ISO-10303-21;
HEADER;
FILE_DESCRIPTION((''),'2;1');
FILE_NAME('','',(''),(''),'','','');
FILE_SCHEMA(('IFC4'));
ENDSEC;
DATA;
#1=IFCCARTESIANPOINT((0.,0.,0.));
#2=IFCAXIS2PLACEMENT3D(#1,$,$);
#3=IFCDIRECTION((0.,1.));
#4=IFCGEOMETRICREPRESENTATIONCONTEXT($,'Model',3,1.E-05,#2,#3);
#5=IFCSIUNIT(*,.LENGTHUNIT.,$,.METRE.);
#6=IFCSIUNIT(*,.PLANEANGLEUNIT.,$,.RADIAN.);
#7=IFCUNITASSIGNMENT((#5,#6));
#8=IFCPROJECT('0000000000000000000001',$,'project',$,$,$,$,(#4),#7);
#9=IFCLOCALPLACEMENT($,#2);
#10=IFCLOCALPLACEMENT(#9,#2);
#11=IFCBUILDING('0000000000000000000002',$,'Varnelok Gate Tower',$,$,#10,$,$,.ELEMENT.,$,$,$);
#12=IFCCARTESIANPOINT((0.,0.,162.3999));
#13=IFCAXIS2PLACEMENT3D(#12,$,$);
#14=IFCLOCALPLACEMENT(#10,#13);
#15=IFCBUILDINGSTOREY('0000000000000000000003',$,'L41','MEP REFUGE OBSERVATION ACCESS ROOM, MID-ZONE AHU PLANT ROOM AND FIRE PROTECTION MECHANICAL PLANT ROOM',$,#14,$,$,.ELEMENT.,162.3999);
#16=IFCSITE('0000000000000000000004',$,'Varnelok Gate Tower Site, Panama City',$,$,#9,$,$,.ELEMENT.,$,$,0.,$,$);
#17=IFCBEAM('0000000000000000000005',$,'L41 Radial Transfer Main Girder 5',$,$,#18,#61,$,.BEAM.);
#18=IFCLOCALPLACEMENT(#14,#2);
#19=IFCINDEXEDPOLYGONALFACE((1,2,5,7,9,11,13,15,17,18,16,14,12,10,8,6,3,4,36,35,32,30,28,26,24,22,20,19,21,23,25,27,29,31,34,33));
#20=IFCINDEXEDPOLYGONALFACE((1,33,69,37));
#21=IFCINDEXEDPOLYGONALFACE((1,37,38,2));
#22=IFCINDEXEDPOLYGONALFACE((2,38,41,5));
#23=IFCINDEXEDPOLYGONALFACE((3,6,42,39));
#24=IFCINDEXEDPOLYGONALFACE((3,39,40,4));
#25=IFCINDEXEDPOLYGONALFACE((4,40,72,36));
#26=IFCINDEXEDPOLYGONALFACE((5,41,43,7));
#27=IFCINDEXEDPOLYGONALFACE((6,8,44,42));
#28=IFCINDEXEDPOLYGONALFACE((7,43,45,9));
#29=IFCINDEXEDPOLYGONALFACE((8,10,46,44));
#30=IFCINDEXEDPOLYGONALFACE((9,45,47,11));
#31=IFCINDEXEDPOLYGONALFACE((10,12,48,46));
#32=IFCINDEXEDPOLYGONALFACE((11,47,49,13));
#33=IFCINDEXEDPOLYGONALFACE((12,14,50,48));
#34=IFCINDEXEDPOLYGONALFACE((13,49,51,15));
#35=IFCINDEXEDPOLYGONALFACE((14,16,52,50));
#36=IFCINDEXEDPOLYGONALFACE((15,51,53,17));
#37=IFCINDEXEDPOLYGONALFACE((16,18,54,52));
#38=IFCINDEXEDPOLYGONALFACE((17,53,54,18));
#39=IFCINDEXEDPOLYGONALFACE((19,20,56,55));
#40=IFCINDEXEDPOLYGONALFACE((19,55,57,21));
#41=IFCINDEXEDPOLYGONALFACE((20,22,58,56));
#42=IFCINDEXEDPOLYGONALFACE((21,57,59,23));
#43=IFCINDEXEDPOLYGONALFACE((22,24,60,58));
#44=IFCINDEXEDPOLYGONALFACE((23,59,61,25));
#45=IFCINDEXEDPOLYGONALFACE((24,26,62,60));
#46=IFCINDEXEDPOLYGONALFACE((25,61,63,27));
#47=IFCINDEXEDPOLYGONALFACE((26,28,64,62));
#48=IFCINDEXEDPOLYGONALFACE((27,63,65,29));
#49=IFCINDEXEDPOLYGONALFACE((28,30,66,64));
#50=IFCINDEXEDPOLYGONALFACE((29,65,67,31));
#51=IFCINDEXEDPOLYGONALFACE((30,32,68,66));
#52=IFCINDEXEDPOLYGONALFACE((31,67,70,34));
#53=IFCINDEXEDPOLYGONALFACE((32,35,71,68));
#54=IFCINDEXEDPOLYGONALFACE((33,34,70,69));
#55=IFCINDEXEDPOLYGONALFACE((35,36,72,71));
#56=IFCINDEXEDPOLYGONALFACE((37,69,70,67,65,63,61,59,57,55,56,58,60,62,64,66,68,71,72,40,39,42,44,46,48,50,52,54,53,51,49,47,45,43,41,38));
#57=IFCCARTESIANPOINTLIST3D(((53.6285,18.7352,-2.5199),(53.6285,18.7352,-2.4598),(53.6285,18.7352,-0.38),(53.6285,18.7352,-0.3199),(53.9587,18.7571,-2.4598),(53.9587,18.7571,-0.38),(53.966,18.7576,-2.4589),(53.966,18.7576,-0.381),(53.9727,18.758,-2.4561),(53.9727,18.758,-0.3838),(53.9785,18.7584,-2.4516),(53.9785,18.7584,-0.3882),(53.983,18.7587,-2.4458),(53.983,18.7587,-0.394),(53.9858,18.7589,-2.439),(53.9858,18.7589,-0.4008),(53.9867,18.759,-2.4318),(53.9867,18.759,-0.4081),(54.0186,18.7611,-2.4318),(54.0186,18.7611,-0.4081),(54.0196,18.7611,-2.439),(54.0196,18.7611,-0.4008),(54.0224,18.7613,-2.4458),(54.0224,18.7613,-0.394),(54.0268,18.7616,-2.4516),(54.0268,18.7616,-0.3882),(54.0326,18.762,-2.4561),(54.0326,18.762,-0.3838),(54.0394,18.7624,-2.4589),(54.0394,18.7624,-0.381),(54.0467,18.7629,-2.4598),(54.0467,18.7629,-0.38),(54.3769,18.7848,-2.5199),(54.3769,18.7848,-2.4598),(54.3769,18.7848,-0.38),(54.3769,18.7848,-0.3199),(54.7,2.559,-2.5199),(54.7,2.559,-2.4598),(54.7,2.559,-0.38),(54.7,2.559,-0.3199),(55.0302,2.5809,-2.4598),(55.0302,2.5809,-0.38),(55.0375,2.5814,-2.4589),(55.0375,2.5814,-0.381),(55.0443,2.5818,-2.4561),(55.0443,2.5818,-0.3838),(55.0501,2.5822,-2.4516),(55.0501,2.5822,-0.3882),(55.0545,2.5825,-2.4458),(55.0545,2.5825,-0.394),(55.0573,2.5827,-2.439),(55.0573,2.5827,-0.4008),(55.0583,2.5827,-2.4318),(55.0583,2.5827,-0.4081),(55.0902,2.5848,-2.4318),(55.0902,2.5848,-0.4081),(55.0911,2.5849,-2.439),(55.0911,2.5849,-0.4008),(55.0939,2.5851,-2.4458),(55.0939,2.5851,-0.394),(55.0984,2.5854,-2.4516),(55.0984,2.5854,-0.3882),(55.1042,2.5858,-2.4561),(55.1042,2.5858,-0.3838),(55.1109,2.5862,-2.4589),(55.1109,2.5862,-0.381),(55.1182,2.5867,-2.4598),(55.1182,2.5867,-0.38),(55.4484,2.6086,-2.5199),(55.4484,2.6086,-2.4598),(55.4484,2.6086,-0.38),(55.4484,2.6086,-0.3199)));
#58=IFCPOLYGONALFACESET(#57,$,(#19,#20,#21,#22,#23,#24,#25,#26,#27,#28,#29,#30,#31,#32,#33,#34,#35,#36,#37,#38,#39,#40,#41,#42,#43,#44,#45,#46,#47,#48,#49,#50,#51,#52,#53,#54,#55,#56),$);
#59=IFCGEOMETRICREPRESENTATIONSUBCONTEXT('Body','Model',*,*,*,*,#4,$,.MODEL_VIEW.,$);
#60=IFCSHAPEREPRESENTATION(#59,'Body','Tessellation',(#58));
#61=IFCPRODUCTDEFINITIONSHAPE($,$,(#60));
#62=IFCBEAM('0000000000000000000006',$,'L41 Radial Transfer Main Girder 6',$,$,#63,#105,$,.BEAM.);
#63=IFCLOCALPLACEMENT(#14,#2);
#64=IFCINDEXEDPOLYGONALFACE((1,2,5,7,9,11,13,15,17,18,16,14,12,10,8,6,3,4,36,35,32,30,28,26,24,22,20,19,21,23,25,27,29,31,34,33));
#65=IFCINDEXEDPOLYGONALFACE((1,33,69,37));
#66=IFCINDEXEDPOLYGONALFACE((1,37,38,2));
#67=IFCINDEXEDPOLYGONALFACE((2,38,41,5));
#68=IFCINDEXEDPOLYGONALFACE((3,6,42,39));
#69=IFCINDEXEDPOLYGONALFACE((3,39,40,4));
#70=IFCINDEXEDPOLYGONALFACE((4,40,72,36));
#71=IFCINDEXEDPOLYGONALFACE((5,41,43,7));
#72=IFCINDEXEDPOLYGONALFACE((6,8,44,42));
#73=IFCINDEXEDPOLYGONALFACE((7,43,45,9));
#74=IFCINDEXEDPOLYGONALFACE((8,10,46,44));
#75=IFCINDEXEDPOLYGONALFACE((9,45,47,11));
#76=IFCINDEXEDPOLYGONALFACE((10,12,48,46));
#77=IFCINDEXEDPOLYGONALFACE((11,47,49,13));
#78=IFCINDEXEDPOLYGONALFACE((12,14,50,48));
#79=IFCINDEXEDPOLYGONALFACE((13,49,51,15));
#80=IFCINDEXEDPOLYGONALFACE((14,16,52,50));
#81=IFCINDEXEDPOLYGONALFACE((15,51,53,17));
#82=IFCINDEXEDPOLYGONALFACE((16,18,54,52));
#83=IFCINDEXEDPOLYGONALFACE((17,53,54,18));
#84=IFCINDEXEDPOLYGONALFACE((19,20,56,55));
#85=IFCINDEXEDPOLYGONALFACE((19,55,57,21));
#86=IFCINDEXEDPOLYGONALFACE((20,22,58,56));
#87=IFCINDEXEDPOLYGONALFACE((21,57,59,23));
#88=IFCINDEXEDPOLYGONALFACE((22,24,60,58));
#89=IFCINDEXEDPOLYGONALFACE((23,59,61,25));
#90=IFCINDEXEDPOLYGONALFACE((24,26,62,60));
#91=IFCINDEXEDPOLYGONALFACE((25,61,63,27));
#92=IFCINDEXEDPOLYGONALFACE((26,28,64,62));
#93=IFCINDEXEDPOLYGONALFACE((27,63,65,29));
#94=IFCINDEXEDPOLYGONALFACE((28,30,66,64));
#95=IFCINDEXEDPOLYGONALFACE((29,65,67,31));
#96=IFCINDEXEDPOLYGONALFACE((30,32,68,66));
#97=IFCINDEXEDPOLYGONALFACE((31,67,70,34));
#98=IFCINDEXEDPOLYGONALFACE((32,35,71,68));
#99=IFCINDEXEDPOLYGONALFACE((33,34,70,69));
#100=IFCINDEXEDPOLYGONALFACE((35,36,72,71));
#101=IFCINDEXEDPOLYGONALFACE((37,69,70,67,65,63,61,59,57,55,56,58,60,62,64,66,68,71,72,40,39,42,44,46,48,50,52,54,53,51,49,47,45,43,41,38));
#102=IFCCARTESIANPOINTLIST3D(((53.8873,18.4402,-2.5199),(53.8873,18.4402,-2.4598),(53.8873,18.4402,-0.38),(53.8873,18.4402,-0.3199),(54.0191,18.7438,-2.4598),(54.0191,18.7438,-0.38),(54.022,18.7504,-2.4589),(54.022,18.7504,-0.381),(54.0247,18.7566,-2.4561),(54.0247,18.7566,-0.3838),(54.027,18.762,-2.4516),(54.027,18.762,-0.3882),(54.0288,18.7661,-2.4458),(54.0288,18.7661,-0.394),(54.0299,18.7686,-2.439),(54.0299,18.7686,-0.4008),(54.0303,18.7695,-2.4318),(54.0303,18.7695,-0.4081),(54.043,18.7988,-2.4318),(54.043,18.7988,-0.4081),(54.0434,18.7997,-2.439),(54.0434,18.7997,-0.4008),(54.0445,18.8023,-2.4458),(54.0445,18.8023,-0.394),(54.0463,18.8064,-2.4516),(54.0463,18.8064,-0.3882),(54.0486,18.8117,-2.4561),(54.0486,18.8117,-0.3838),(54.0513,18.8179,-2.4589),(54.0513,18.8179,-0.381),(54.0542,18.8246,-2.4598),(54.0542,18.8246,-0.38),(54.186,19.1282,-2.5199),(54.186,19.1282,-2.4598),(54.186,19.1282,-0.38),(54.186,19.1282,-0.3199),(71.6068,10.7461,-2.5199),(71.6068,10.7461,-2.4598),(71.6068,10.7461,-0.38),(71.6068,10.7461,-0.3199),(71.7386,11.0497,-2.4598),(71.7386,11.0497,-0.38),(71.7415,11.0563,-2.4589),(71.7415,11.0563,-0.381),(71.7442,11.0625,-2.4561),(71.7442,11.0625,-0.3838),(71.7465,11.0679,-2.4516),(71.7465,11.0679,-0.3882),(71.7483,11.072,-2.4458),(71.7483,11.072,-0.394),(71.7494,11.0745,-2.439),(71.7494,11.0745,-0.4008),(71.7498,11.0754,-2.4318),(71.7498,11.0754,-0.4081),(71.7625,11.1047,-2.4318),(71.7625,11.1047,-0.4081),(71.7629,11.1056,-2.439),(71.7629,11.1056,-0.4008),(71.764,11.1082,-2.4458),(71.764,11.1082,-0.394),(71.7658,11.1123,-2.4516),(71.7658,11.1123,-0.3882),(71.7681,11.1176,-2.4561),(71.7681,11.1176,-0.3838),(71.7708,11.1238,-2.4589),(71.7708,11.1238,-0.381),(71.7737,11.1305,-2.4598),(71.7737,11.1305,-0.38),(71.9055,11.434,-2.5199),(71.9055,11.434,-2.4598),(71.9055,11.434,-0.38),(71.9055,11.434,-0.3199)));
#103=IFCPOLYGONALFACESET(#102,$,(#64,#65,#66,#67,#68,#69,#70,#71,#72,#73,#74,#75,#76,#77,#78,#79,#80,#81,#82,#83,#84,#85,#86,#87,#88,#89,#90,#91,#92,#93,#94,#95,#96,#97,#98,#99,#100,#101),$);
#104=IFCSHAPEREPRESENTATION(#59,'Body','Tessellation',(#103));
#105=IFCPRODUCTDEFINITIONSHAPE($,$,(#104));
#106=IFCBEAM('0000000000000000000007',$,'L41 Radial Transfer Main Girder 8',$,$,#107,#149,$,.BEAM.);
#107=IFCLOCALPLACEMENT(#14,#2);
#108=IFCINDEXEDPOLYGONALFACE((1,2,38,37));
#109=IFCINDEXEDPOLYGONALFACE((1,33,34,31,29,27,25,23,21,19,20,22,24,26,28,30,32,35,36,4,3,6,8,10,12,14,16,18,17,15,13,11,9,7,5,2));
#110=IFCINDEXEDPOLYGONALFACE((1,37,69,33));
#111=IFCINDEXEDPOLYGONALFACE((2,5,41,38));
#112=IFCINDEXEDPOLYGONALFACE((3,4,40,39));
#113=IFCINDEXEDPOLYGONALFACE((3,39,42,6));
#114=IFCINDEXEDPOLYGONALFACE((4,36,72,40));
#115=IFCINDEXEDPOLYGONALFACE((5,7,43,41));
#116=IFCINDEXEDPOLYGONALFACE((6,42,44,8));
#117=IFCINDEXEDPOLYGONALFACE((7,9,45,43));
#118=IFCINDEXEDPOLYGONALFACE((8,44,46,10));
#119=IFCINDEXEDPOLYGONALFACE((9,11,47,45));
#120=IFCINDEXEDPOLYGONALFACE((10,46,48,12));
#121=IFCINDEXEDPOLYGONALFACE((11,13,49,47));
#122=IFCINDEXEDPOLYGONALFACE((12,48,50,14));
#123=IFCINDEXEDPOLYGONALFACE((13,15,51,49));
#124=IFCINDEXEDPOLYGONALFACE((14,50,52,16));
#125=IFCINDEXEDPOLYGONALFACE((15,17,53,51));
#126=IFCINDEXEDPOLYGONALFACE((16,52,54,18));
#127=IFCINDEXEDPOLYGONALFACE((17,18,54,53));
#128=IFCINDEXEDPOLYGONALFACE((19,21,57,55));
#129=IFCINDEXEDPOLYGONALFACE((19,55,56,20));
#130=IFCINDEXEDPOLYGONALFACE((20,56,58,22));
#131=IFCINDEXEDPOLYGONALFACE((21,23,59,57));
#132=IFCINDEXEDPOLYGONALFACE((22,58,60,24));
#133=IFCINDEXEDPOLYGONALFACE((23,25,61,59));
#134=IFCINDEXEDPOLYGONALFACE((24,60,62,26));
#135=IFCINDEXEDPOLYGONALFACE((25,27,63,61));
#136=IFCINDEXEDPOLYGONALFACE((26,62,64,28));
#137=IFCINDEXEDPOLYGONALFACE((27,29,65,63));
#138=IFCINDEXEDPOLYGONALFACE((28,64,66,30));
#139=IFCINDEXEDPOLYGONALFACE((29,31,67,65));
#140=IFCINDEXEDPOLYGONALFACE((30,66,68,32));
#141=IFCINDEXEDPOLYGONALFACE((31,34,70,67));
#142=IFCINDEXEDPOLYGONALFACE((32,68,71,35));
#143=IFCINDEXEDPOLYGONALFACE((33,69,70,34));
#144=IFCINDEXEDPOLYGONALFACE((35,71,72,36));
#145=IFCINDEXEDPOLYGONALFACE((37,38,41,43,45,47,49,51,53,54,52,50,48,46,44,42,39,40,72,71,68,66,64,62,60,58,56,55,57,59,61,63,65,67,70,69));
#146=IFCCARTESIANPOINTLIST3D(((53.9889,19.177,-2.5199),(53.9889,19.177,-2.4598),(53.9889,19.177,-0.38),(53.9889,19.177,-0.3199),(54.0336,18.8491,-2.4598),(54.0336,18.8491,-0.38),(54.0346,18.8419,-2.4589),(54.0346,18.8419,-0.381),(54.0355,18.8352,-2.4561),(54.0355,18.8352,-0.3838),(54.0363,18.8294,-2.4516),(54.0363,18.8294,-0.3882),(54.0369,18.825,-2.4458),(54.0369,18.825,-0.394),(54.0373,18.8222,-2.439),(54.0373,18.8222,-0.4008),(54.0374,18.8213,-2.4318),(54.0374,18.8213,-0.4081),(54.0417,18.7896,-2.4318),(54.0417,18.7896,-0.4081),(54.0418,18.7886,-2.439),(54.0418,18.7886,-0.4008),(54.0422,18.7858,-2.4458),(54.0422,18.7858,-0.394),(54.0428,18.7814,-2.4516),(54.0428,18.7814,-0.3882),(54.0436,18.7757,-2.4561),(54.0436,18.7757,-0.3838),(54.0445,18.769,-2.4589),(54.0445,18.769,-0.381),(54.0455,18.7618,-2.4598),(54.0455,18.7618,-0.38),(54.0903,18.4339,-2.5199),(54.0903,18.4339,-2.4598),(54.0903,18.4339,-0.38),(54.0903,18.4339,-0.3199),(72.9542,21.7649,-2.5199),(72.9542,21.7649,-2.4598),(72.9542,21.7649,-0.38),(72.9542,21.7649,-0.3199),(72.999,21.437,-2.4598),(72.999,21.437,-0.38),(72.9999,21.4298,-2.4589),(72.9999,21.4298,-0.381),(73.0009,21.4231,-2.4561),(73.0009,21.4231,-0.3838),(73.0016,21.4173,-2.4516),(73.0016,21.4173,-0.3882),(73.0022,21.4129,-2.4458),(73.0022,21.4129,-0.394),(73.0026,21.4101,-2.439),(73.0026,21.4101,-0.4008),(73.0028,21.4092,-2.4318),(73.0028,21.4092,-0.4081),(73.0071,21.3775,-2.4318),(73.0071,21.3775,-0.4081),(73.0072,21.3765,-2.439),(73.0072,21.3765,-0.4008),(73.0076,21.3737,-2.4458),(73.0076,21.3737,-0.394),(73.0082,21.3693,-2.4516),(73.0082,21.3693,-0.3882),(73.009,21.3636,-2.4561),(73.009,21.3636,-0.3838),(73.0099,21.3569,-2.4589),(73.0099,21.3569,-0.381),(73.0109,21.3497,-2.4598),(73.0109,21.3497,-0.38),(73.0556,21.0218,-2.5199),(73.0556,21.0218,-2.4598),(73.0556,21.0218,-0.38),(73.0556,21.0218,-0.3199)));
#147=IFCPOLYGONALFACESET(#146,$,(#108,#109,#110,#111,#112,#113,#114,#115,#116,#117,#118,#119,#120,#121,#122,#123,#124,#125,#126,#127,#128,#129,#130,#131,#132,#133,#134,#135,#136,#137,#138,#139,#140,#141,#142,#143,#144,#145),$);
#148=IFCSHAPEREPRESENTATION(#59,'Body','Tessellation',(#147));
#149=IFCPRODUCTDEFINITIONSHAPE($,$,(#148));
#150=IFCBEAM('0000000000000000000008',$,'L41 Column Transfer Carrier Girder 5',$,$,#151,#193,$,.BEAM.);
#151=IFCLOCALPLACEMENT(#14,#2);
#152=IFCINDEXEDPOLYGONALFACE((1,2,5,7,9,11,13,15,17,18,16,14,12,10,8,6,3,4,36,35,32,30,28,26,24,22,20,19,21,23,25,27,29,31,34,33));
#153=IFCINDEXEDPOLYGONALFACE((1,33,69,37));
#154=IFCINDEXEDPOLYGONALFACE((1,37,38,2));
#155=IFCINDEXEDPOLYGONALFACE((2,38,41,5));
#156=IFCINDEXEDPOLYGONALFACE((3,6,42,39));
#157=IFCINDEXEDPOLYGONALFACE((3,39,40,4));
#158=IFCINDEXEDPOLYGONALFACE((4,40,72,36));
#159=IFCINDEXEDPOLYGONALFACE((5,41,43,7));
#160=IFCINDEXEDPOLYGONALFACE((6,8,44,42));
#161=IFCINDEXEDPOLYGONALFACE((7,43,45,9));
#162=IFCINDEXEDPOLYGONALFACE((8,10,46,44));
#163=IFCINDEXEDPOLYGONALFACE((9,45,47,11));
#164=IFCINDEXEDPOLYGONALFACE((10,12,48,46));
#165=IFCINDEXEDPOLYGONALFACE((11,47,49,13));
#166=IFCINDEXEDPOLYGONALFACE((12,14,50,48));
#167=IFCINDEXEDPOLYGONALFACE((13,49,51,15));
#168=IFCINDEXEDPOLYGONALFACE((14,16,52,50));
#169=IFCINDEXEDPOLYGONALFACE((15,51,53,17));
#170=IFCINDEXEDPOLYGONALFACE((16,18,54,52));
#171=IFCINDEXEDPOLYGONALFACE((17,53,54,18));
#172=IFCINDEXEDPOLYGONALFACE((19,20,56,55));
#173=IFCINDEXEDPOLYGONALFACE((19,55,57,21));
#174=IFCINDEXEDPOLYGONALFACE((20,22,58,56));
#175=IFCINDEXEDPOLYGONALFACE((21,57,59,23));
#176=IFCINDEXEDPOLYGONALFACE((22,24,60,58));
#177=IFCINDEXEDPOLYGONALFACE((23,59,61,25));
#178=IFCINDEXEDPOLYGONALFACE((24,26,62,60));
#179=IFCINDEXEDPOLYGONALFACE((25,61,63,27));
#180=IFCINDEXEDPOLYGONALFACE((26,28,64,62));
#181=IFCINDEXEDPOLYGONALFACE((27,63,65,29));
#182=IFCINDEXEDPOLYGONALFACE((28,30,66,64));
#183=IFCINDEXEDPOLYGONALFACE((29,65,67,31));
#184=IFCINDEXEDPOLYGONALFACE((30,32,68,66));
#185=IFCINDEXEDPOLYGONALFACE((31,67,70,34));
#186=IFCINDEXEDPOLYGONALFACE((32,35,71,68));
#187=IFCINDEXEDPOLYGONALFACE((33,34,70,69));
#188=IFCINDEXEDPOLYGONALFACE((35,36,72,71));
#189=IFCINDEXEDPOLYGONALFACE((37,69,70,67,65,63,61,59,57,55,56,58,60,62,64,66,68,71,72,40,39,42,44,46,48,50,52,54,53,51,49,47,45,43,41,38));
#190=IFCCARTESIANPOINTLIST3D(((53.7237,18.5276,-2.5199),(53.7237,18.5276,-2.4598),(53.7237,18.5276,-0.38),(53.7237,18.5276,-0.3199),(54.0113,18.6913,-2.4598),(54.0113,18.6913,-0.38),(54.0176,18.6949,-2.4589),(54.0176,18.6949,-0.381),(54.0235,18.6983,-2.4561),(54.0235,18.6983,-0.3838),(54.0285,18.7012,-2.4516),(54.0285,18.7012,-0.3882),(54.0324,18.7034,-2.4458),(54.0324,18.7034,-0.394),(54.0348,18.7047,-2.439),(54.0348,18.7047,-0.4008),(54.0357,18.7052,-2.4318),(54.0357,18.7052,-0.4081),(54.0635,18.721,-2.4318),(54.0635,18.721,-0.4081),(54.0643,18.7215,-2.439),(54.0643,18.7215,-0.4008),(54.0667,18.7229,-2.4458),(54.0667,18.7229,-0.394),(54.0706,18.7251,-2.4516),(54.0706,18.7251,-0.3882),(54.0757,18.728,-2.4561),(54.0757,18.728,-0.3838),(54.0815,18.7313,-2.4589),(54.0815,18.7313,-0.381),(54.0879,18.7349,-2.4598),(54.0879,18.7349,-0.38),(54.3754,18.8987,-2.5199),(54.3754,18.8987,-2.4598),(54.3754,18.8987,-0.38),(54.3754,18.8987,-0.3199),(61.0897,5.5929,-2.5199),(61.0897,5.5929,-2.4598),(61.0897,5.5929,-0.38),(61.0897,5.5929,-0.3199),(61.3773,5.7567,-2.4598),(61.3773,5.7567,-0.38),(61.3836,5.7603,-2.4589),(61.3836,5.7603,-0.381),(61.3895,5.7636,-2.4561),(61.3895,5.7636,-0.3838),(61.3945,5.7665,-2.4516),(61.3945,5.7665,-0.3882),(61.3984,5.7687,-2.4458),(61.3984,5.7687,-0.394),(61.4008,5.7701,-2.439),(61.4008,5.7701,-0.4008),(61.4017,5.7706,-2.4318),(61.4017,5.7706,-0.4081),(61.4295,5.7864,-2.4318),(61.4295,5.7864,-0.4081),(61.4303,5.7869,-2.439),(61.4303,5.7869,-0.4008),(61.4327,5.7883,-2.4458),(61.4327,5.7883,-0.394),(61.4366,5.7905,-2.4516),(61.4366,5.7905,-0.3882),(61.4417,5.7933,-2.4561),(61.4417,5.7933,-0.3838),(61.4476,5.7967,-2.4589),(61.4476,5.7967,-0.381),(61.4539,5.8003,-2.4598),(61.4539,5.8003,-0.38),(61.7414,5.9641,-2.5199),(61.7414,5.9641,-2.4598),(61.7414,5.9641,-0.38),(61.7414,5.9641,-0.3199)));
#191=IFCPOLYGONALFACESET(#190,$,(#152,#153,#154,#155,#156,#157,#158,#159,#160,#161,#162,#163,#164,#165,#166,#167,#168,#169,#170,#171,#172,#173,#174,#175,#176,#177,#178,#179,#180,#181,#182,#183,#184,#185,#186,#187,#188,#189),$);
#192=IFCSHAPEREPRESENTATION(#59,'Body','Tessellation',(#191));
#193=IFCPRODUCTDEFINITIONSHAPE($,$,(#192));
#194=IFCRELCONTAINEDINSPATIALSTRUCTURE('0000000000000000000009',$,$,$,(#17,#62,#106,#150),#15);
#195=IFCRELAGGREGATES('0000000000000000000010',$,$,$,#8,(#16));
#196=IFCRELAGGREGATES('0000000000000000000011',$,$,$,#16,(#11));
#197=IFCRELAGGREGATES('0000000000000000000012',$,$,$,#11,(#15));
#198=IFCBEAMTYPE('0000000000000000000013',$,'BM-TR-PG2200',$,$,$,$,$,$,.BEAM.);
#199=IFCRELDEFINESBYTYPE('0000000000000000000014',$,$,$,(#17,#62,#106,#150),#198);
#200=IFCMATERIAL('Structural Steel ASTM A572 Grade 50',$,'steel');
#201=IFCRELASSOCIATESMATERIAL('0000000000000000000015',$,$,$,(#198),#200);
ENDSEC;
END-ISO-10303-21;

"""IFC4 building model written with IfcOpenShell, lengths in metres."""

from ifc_helpers import new_model, si_unit, direction, frame, origin, origin_2d, place, context, subcontext, project, spatial, i_section, extrude, material, material_profile, profile_set, type_object, element, save


model = new_model("IFC4")

# Units and contexts
model_context = context("Model", 3, precision=1e-05, world=origin(), true_north=direction((0.0, 1.0)))
body_context = subcontext(model_context, "Body", "Model", "MODEL_VIEW")
ifc_project = project(units=[si_unit("LENGTHUNIT", "METRE"), si_unit("PLANEANGLEUNIT", "RADIAN")], contexts=[model_context])

# Site, building, storey
site_placement = place(None, origin())
site = spatial("IfcSite", under=ifc_project, at=site_placement, Name="Varnelok Gate Tower Site, Panama City", CompositionType="ELEMENT", RefElevation=0.0)
building_placement = place(site_placement, origin())
building = spatial("IfcBuilding", under=site, at=building_placement, Name="Varnelok Gate Tower", CompositionType="ELEMENT")
storey_placement = place(building_placement, frame((0.0, 0.0, 162.3999)))
storey = spatial("IfcBuildingStorey", under=building, at=storey_placement, Name="L41", Description="MEP REFUGE OBSERVATION ACCESS ROOM, MID-ZONE AHU PLANT ROOM AND FIRE PROTECTION MECHANICAL PLANT ROOM", CompositionType="ELEMENT", Elevation=162.3999)

# Beams
ifc_material_1 = material(Name="Structural Steel ASTM A572 Grade 50", Category="steel")
ifc_material_profile_1 = material_profile(ifc_material_1, i_section(OverallWidth=0.75, OverallDepth=2.2, WebThickness=0.032, FlangeThickness=0.0601, FilletRadius=0.0281, at=origin_2d()), Name="PG2200X750")
ifc_profile_set_1 = profile_set([ifc_material_profile_1], Name="Structural Steel ASTM A572 Grade 50")
beam_type_1 = type_object("IfcBeamType", Name="BM-TR-PG2200", PredefinedType="BEAM", material=ifc_profile_set_1)
beam_1_placement = place(storey_placement, frame((54.0027, 18.76, -1.4199), z_axis=(0.066096, -0.997813, 0.0), x_axis=(0.997813, 0.066096, 0.0)))
element("IfcBeam", 1, at=beam_1_placement, inside=storey, type_object=beam_type_1, Name="L41 Radial Transfer Main Girder 5", PredefinedType="BEAM", context=body_context, shape_type="SweptSolid", body=[
    extrude(i_section(OverallWidth=0.75, OverallDepth=2.2, WebThickness=0.032, FlangeThickness=0.0601, FilletRadius=0.0281, at=origin_2d()), origin(), (0.0, 0.0, 1.0), 16.2117),
])
beam_2_placement = place(storey_placement, frame((54.0366, 18.7842, -1.4199), z_axis=(0.91726, -0.398289, 0.0), x_axis=(0.398289, 0.91726, 0.0)))
element("IfcBeam", 2, at=beam_2_placement, inside=storey, type_object=beam_type_1, Name="L41 Radial Transfer Main Girder 6", PredefinedType="BEAM", context=body_context, shape_type="SweptSolid", body=[
    extrude(i_section(OverallWidth=0.75, OverallDepth=2.2, WebThickness=0.032, FlangeThickness=0.0601, FilletRadius=0.0281, at=origin_2d()), origin(), (0.0, 0.0, 1.0), 19.3179),
])
beam_3_placement = place(storey_placement, frame((54.0396, 18.8054, -1.4199), z_axis=(0.990818, 0.135201, 0.0), x_axis=(-0.135201, 0.990818, 0.0)))
element("IfcBeam", 3, at=beam_3_placement, inside=storey, type_object=beam_type_1, Name="L41 Radial Transfer Main Girder 8", PredefinedType="BEAM", context=body_context, shape_type="SweptSolid", body=[
    extrude(i_section(OverallWidth=0.75, OverallDepth=2.2, WebThickness=0.032, FlangeThickness=0.0601, FilletRadius=0.0281, at=origin_2d()), origin(), (0.0, 0.0, 1.0), 19.1411),
])
beam_4_placement = place(storey_placement, frame((54.0496, 18.7131, -1.4199), z_axis=(0.494861, -0.868972, 0.0), x_axis=(0.868972, 0.494861, 0.0)))
element("IfcBeam", 4, at=beam_4_placement, inside=storey, type_object=beam_type_1, Name="L41 Column Transfer Carrier Girder 5", PredefinedType="BEAM", context=body_context, shape_type="SweptSolid", body=[
    extrude(i_section(OverallWidth=0.75, OverallDepth=2.2, WebThickness=0.032, FlangeThickness=0.0601, FilletRadius=0.0281, at=origin_2d()), origin(), (0.0, 0.0, 1.0), 14.885),
])

save(model, "model.ifc")
